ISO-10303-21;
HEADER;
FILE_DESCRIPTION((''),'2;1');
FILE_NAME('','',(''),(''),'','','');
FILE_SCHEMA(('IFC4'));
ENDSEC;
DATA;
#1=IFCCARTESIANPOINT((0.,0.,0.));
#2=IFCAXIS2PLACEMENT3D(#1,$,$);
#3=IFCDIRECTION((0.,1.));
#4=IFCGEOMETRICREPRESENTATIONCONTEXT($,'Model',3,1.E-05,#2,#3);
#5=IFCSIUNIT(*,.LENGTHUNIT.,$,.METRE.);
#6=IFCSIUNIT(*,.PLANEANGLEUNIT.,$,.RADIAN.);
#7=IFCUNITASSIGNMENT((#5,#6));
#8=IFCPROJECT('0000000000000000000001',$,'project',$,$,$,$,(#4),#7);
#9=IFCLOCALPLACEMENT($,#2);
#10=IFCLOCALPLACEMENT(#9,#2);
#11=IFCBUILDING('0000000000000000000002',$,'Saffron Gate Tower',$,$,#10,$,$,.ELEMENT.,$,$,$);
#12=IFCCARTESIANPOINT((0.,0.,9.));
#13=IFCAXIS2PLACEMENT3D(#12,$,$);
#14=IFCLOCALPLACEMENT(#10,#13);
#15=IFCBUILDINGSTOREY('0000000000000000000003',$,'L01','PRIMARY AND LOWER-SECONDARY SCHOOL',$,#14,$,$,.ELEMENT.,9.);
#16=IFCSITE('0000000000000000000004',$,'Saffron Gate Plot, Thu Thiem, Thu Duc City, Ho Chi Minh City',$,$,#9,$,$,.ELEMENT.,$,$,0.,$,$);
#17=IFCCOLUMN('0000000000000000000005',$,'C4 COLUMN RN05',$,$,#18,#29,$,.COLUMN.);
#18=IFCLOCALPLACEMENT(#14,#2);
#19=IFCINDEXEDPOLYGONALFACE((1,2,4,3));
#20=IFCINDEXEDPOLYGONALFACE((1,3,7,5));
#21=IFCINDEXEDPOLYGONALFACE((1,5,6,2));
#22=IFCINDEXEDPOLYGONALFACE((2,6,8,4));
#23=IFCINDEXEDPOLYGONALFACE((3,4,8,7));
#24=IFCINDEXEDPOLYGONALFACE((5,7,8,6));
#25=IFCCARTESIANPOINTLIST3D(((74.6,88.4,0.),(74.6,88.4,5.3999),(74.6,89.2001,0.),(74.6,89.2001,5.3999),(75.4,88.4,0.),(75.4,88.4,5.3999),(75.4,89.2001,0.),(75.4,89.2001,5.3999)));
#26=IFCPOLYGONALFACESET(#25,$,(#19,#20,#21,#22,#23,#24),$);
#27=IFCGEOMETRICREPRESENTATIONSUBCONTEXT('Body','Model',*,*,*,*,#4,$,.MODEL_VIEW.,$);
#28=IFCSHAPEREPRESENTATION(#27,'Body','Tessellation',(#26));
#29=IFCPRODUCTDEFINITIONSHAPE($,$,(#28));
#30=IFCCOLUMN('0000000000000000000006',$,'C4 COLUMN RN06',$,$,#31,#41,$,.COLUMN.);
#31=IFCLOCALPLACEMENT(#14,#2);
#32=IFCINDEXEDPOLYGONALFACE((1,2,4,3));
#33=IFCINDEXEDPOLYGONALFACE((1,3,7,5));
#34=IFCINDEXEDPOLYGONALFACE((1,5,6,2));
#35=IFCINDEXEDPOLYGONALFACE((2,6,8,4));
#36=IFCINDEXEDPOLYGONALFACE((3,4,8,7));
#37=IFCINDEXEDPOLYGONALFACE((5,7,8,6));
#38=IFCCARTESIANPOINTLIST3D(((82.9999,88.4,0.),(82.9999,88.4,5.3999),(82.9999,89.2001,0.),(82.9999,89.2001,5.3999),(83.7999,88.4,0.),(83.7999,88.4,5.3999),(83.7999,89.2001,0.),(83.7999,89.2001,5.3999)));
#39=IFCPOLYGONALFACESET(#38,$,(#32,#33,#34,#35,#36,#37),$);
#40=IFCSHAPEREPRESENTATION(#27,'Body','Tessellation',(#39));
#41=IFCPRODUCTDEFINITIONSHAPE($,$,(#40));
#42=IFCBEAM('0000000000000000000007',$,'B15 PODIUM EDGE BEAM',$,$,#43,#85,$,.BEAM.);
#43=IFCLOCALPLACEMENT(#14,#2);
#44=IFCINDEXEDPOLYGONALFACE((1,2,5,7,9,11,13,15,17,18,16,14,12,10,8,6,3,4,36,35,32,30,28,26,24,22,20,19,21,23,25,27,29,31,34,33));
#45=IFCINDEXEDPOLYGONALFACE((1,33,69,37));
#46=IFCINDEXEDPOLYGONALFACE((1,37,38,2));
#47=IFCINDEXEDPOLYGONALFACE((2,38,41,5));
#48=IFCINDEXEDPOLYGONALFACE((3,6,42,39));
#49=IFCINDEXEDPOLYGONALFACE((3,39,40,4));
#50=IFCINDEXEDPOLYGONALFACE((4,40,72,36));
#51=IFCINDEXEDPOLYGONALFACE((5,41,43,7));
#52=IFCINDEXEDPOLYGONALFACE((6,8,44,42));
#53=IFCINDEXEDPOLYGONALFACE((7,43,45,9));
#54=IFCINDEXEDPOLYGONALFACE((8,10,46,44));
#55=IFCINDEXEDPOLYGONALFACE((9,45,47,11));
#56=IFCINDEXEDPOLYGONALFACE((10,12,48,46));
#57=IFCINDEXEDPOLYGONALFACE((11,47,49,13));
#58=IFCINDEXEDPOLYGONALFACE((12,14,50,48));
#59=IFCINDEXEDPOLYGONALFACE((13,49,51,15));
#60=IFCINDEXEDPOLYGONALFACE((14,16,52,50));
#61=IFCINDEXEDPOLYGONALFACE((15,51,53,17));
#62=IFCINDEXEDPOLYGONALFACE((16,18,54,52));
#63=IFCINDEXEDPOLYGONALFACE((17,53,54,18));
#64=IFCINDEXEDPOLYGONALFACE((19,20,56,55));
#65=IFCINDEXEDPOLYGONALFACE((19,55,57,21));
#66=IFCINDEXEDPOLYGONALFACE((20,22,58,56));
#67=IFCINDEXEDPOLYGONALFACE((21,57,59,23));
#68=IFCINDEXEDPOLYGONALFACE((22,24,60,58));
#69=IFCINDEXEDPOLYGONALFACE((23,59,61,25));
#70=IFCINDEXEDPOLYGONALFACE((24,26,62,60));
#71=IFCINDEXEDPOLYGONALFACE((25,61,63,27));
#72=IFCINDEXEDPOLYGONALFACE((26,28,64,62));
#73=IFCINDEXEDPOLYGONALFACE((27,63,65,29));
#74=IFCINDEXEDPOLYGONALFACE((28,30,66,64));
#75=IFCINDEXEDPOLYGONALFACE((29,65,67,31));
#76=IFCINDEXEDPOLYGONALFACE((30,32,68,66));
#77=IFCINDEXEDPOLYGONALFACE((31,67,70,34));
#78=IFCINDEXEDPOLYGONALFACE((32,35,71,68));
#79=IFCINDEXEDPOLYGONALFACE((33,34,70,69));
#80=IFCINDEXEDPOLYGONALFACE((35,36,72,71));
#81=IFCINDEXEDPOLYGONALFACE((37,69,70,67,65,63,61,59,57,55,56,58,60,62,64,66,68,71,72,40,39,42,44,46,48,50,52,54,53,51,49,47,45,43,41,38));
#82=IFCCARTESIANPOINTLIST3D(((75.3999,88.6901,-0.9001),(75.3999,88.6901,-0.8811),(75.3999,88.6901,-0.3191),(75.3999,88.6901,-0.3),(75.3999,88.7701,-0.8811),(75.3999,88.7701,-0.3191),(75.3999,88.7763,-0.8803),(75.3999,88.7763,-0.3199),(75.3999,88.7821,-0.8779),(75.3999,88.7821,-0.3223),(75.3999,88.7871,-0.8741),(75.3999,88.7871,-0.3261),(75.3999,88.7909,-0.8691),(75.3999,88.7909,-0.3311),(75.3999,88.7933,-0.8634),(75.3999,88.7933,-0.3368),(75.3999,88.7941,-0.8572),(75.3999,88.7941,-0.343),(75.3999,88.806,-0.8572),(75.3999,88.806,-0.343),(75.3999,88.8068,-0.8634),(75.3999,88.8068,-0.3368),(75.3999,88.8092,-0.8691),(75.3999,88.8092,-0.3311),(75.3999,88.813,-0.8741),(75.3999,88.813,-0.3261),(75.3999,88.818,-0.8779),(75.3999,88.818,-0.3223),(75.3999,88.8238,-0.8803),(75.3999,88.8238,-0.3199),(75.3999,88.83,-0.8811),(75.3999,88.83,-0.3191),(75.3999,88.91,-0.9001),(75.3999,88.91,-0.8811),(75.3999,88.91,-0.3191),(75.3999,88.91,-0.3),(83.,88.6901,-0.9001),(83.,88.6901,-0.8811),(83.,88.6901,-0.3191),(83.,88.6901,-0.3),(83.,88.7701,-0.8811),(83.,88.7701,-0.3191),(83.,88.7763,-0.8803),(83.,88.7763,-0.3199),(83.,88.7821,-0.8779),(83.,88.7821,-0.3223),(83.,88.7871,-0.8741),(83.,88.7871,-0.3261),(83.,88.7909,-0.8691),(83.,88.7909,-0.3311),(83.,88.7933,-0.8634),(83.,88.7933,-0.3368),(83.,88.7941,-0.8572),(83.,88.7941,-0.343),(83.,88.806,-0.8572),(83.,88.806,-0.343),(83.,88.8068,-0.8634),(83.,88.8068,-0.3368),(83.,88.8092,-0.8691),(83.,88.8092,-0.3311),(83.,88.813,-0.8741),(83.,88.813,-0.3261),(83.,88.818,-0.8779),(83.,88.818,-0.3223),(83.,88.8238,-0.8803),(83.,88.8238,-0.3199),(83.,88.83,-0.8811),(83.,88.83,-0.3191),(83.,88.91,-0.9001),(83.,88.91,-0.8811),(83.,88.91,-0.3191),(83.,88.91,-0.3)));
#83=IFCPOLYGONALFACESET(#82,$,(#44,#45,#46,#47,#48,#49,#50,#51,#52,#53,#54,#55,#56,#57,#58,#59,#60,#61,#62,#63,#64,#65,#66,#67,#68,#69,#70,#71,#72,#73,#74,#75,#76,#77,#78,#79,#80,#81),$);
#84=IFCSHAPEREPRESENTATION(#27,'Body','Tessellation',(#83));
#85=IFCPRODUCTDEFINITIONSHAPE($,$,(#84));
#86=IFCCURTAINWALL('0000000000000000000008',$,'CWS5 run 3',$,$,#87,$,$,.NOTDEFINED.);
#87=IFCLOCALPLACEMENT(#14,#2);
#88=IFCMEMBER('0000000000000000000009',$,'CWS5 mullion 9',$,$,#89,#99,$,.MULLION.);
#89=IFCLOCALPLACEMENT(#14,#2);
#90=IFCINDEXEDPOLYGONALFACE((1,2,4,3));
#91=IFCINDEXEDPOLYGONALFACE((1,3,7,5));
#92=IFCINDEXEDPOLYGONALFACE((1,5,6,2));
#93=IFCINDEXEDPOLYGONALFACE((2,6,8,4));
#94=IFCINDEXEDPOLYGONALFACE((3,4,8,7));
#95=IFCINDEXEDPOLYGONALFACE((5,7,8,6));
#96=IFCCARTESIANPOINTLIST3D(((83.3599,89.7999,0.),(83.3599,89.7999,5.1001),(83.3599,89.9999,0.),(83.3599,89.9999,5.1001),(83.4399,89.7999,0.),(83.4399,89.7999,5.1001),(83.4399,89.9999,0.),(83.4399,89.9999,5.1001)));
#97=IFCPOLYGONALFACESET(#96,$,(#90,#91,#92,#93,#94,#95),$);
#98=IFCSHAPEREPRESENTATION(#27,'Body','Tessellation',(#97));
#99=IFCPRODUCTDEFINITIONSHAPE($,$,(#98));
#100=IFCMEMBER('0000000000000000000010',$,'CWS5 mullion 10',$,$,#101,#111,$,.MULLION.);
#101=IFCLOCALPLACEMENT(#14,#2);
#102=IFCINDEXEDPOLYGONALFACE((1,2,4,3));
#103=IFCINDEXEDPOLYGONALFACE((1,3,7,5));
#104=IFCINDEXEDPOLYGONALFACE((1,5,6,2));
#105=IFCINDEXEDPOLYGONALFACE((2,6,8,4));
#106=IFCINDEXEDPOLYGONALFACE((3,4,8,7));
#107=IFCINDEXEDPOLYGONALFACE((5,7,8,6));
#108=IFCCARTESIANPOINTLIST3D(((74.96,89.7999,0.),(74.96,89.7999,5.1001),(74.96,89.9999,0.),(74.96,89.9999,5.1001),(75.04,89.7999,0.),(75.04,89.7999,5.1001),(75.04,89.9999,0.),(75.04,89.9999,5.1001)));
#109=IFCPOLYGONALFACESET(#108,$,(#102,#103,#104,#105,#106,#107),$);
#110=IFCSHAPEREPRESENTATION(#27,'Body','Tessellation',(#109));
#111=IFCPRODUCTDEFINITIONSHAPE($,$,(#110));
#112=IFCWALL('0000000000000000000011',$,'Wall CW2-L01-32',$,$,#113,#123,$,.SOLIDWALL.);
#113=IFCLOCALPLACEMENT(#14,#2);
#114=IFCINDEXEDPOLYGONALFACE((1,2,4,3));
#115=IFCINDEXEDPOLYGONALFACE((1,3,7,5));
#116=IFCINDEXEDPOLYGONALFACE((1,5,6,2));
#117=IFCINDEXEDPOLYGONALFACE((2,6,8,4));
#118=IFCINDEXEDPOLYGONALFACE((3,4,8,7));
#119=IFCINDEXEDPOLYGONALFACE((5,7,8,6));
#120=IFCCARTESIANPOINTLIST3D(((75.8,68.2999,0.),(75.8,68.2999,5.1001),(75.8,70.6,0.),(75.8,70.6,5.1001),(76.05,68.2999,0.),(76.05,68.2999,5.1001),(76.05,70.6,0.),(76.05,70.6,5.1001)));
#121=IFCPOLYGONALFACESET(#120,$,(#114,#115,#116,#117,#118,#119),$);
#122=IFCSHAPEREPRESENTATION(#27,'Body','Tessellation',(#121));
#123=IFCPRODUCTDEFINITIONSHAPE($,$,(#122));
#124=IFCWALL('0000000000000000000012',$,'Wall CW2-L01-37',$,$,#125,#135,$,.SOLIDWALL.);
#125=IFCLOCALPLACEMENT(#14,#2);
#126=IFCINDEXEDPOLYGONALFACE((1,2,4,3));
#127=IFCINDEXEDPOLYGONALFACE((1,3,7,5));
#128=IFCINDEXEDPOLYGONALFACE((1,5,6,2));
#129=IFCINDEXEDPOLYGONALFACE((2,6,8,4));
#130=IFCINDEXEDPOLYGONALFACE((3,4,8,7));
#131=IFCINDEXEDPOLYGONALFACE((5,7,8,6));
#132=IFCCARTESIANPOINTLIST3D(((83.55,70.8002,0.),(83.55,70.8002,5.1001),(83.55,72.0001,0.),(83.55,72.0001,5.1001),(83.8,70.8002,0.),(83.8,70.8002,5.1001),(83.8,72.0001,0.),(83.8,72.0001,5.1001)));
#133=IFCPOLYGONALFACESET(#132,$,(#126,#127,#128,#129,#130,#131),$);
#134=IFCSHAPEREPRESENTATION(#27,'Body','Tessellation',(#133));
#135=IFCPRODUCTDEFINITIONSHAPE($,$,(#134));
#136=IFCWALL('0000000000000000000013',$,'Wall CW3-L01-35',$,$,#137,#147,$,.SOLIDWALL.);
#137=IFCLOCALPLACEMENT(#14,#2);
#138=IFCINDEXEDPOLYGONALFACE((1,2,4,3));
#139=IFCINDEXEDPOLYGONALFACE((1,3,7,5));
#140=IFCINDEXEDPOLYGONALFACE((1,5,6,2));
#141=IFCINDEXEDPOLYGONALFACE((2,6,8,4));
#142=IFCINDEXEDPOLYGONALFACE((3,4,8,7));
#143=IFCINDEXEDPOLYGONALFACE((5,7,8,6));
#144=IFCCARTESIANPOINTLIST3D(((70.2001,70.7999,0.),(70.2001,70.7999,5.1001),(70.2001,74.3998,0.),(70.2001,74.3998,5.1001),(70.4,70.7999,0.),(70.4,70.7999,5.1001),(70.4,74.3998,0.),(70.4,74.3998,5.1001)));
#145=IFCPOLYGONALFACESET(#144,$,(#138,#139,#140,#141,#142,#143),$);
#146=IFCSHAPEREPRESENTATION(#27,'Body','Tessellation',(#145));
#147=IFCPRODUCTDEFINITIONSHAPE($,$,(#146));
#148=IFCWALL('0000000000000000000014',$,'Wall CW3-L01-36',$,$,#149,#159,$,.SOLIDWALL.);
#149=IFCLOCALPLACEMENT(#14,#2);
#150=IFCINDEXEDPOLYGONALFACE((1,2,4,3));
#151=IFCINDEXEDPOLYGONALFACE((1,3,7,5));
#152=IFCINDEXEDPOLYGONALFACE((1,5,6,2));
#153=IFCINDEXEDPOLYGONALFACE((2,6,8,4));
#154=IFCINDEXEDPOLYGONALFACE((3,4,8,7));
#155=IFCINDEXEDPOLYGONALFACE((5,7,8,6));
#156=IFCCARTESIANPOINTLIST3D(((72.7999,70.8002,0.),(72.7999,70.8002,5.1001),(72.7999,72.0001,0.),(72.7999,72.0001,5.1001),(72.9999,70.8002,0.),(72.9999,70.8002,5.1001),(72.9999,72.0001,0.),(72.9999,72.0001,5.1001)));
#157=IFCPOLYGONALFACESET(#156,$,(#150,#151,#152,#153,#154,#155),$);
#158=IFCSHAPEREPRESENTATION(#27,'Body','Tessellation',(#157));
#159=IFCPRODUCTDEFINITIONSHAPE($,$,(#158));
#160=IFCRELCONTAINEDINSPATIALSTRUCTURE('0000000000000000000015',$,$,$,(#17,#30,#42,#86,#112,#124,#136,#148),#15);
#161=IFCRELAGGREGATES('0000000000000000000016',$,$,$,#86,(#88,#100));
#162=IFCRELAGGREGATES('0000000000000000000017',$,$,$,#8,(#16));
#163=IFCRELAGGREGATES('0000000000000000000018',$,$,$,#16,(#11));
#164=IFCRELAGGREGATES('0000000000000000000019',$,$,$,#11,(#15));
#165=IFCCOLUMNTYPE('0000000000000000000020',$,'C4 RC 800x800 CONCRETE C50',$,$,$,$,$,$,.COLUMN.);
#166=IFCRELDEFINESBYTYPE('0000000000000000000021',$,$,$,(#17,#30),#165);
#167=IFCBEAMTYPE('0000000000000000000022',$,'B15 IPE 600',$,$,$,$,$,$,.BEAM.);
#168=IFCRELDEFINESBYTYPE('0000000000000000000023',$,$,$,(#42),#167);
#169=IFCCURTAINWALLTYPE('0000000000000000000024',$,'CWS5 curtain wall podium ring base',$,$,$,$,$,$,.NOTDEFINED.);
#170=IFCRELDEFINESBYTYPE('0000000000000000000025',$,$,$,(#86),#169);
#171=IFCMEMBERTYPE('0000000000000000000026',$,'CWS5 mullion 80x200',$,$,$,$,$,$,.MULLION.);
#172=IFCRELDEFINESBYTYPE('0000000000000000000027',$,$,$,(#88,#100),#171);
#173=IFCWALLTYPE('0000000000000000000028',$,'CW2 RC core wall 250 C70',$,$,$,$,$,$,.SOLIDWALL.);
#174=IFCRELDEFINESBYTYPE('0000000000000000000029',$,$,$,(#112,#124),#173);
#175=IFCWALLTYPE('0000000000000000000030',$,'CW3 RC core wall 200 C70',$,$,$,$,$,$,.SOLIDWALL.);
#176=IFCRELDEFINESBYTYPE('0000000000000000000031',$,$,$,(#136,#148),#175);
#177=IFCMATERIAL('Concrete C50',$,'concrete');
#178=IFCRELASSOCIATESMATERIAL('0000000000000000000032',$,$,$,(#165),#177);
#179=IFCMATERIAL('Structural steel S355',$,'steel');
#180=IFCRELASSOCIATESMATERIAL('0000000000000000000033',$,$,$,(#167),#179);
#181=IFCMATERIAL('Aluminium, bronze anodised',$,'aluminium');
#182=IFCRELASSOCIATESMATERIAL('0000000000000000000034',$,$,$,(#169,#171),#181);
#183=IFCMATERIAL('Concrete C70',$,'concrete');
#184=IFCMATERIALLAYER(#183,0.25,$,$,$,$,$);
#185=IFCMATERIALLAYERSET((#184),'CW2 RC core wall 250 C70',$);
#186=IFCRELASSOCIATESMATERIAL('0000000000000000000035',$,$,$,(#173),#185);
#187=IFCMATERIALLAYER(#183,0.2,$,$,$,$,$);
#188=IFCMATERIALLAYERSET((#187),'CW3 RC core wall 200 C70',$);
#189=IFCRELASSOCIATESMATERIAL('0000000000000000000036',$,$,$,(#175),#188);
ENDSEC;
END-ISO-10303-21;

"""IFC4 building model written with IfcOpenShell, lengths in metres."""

from ifc_helpers import new_model, si_unit, direction, frame, frame_2d, origin, origin_2d, place, context, subcontext, project, spatial, rectangle, i_section, extrude, material, layer, layer_set, material_profile, profile_set, type_object, element, aggregate, save


model = new_model("IFC4")

# Units and contexts
model_context = context("Model", 3, precision=1e-05, world=origin(), true_north=direction((0.0, 1.0)))
body_context = subcontext(model_context, "Body", "Model", "MODEL_VIEW")
ifc_project = project(units=[si_unit("LENGTHUNIT", "METRE"), si_unit("PLANEANGLEUNIT", "RADIAN")], contexts=[model_context])

# Site, building, storey
site_placement = place(None, origin())
site = spatial("IfcSite", under=ifc_project, at=site_placement, Name="Saffron Gate Plot, Thu Thiem, Thu Duc City, Ho Chi Minh City", CompositionType="ELEMENT", RefElevation=0.0)
building_placement = place(site_placement, origin())
building = spatial("IfcBuilding", under=site, at=building_placement, Name="Saffron Gate Tower", CompositionType="ELEMENT")
storey_placement = place(building_placement, frame((0.0, 0.0, 9.0)))
storey = spatial("IfcBuildingStorey", under=building, at=storey_placement, Name="L01", Description="PRIMARY AND LOWER-SECONDARY SCHOOL", CompositionType="ELEMENT", Elevation=9.0)

# Columns
ifc_material_1 = material(Name="Concrete C50", Category="concrete")
ifc_material_profile_1 = material_profile(ifc_material_1, rectangle(XDim=0.8, YDim=0.8, at=origin_2d()))
ifc_profile_set_1 = profile_set([ifc_material_profile_1], Name="Concrete C50")
column_type = type_object("IfcColumnType", Name="C4 RC 800x800 CONCRETE C50", PredefinedType="COLUMN", material=ifc_profile_set_1)
for number, where, z_axis, x_axis, name in (
    (1, (75.0, 88.8, 0.0), (0.0, 0.0, 1.0), (1.0, 0.0, 0.0), "C4 COLUMN RN05"),
    (2, (83.3999, 88.8, 0.0), (0.0, 0.0, 1.0), (1.0, 0.0, 0.0), "C4 COLUMN RN06"),
):
    element("IfcColumn", number, at=place(storey_placement, frame(where, z_axis=z_axis, x_axis=x_axis)), inside=storey, type_object=column_type, Name=name, PredefinedType="COLUMN", context=body_context, shape_type="SweptSolid", body=[
        extrude(rectangle(XDim=0.8, YDim=0.8, at=origin_2d()), origin(), (0.0, 0.0, 1.0), 5.3999),
    ])

# Beam
ifc_material_2 = material(Name="Structural steel S355", Category="steel")
ifc_material_profile_2 = material_profile(ifc_material_2, i_section(OverallWidth=0.22, OverallDepth=0.6001, WebThickness=0.012, FlangeThickness=0.019, FilletRadius=0.0239, at=origin_2d()))
ifc_profile_set_2 = profile_set([ifc_material_profile_2], Name="Structural steel S355")
beam_type = type_object("IfcBeamType", Name="B15 IPE 600", PredefinedType="BEAM", material=ifc_profile_set_2)
beam_placement = place(storey_placement, frame((75.3999, 88.8, -0.6001), z_axis=(1.0, 0.0, 0.0), x_axis=(0.0, 1.0, 0.0)))
element("IfcBeam", 3, at=beam_placement, inside=storey, type_object=beam_type, Name="B15 PODIUM EDGE BEAM", PredefinedType="BEAM", context=body_context, shape_type="SweptSolid", body=[
    extrude(i_section(OverallWidth=0.22, OverallDepth=0.6001, WebThickness=0.012, FlangeThickness=0.019, FilletRadius=0.0239, at=origin_2d()), origin(), (0.0, 0.0, 1.0), 7.6001),
])

# Curtain wall, members
ifc_material_3 = material(Name="Aluminium, bronze anodised", Category="aluminium")
curtain_wall_type = type_object("IfcCurtainWallType", Name="CWS5 curtain wall podium ring base", PredefinedType="NOTDEFINED", material=ifc_material_3)
curtain_wall_placement = place(storey_placement, origin())
curtain_wall = element("IfcCurtainWall", 4, at=curtain_wall_placement, inside=storey, type_object=curtain_wall_type, Name="CWS5 run 3", PredefinedType="NOTDEFINED")
ifc_material_profile_3 = material_profile(ifc_material_3, rectangle(XDim=0.2, YDim=0.0801, at=origin_2d()))
ifc_profile_set_3 = profile_set([ifc_material_profile_3], Name="Aluminium, bronze anodised")
member_type = type_object("IfcMemberType", Name="CWS5 mullion 80x200", PredefinedType="MULLION", material=ifc_profile_set_3)
member_1_placement = place(storey_placement, frame((83.3999, 89.8999, 0.0), z_axis=(0.0, 0.0, 1.0), x_axis=(0.0, -1.0, 0.0)))
member_1 = element("IfcMember", 5, at=member_1_placement, type_object=member_type, Name="CWS5 mullion 9", PredefinedType="MULLION", context=body_context, shape_type="SweptSolid", body=[
    extrude(rectangle(XDim=0.2, YDim=0.0801, at=origin_2d()), origin(), (0.0, 0.0, 1.0), 5.1001),
])
member_2_placement = place(storey_placement, frame((75.0, 89.8999, 0.0), z_axis=(0.0, 0.0, 1.0), x_axis=(0.0, -1.0, 0.0)))
member_2 = element("IfcMember", 6, at=member_2_placement, type_object=member_type, Name="CWS5 mullion 10", PredefinedType="MULLION", context=body_context, shape_type="SweptSolid", body=[
    extrude(rectangle(XDim=0.2, YDim=0.0801, at=origin_2d()), origin(), (0.0, 0.0, 1.0), 5.1001),
])
aggregate(curtain_wall, [member_1, member_2])

# Walls
ifc_material_4 = material(Name="Concrete C70", Category="concrete")
ifc_layer_1 = layer(ifc_material_4, 0.25)
ifc_layer_set_1 = layer_set([ifc_layer_1], Name="CW2 RC core wall 250 C70")
wall_type_1 = type_object("IfcWallType", Name="CW2 RC core wall 250 C70", PredefinedType="SOLIDWALL", material=ifc_layer_set_1)
wall_1_placement = place(storey_placement, frame((75.925, 68.3, 0.0), z_axis=(0.0, 0.0, 1.0), x_axis=(0.0, 1.0, 0.0)))
element("IfcWall", 7, at=wall_1_placement, inside=storey, type_object=wall_type_1, Name="Wall CW2-L01-32", PredefinedType="SOLIDWALL", context=body_context, shape_type="SweptSolid", body=[
    extrude(rectangle(XDim=2.3, YDim=0.25, at=frame_2d((1.1499, 0.0))), origin(), (0.0, 0.0, 1.0), 5.1001),
])
wall_2_placement = place(storey_placement, frame((83.675, 70.8, 0.0), z_axis=(0.0, 0.0, 1.0), x_axis=(0.0, 1.0, 0.0)))
element("IfcWall", 8, at=wall_2_placement, inside=storey, type_object=wall_type_1, Name="Wall CW2-L01-37", PredefinedType="SOLIDWALL", context=body_context, shape_type="SweptSolid", body=[
    extrude(rectangle(XDim=1.2, YDim=0.25, at=frame_2d((0.6001, 0.0))), origin(), (0.0, 0.0, 1.0), 5.1001),
])
ifc_layer_2 = layer(ifc_material_4, 0.2)
ifc_layer_set_2 = layer_set([ifc_layer_2], Name="CW3 RC core wall 200 C70")
wall_type_2 = type_object("IfcWallType", Name="CW3 RC core wall 200 C70", PredefinedType="SOLIDWALL", material=ifc_layer_set_2)
wall_3_placement = place(storey_placement, frame((70.3, 70.8, 0.0), z_axis=(0.0, 0.0, 1.0), x_axis=(0.0, 1.0, 0.0)))
element("IfcWall", 9, at=wall_3_placement, inside=storey, type_object=wall_type_2, Name="Wall CW3-L01-35", PredefinedType="SOLIDWALL", context=body_context, shape_type="SweptSolid", body=[
    extrude(rectangle(XDim=3.5999, YDim=0.2, at=frame_2d((1.7998, 0.0))), origin(), (0.0, 0.0, 1.0), 5.1001),
])
wall_4_placement = place(storey_placement, frame((72.8999, 70.8, 0.0), z_axis=(0.0, 0.0, 1.0), x_axis=(0.0, 1.0, 0.0)))
element("IfcWall", 10, at=wall_4_placement, inside=storey, type_object=wall_type_2, Name="Wall CW3-L01-36", PredefinedType="SOLIDWALL", context=body_context, shape_type="SweptSolid", body=[
    extrude(rectangle(XDim=1.2, YDim=0.2, at=frame_2d((0.6001, 0.0))), origin(), (0.0, 0.0, 1.0), 5.1001),
])

save(model, "model.ifc")
